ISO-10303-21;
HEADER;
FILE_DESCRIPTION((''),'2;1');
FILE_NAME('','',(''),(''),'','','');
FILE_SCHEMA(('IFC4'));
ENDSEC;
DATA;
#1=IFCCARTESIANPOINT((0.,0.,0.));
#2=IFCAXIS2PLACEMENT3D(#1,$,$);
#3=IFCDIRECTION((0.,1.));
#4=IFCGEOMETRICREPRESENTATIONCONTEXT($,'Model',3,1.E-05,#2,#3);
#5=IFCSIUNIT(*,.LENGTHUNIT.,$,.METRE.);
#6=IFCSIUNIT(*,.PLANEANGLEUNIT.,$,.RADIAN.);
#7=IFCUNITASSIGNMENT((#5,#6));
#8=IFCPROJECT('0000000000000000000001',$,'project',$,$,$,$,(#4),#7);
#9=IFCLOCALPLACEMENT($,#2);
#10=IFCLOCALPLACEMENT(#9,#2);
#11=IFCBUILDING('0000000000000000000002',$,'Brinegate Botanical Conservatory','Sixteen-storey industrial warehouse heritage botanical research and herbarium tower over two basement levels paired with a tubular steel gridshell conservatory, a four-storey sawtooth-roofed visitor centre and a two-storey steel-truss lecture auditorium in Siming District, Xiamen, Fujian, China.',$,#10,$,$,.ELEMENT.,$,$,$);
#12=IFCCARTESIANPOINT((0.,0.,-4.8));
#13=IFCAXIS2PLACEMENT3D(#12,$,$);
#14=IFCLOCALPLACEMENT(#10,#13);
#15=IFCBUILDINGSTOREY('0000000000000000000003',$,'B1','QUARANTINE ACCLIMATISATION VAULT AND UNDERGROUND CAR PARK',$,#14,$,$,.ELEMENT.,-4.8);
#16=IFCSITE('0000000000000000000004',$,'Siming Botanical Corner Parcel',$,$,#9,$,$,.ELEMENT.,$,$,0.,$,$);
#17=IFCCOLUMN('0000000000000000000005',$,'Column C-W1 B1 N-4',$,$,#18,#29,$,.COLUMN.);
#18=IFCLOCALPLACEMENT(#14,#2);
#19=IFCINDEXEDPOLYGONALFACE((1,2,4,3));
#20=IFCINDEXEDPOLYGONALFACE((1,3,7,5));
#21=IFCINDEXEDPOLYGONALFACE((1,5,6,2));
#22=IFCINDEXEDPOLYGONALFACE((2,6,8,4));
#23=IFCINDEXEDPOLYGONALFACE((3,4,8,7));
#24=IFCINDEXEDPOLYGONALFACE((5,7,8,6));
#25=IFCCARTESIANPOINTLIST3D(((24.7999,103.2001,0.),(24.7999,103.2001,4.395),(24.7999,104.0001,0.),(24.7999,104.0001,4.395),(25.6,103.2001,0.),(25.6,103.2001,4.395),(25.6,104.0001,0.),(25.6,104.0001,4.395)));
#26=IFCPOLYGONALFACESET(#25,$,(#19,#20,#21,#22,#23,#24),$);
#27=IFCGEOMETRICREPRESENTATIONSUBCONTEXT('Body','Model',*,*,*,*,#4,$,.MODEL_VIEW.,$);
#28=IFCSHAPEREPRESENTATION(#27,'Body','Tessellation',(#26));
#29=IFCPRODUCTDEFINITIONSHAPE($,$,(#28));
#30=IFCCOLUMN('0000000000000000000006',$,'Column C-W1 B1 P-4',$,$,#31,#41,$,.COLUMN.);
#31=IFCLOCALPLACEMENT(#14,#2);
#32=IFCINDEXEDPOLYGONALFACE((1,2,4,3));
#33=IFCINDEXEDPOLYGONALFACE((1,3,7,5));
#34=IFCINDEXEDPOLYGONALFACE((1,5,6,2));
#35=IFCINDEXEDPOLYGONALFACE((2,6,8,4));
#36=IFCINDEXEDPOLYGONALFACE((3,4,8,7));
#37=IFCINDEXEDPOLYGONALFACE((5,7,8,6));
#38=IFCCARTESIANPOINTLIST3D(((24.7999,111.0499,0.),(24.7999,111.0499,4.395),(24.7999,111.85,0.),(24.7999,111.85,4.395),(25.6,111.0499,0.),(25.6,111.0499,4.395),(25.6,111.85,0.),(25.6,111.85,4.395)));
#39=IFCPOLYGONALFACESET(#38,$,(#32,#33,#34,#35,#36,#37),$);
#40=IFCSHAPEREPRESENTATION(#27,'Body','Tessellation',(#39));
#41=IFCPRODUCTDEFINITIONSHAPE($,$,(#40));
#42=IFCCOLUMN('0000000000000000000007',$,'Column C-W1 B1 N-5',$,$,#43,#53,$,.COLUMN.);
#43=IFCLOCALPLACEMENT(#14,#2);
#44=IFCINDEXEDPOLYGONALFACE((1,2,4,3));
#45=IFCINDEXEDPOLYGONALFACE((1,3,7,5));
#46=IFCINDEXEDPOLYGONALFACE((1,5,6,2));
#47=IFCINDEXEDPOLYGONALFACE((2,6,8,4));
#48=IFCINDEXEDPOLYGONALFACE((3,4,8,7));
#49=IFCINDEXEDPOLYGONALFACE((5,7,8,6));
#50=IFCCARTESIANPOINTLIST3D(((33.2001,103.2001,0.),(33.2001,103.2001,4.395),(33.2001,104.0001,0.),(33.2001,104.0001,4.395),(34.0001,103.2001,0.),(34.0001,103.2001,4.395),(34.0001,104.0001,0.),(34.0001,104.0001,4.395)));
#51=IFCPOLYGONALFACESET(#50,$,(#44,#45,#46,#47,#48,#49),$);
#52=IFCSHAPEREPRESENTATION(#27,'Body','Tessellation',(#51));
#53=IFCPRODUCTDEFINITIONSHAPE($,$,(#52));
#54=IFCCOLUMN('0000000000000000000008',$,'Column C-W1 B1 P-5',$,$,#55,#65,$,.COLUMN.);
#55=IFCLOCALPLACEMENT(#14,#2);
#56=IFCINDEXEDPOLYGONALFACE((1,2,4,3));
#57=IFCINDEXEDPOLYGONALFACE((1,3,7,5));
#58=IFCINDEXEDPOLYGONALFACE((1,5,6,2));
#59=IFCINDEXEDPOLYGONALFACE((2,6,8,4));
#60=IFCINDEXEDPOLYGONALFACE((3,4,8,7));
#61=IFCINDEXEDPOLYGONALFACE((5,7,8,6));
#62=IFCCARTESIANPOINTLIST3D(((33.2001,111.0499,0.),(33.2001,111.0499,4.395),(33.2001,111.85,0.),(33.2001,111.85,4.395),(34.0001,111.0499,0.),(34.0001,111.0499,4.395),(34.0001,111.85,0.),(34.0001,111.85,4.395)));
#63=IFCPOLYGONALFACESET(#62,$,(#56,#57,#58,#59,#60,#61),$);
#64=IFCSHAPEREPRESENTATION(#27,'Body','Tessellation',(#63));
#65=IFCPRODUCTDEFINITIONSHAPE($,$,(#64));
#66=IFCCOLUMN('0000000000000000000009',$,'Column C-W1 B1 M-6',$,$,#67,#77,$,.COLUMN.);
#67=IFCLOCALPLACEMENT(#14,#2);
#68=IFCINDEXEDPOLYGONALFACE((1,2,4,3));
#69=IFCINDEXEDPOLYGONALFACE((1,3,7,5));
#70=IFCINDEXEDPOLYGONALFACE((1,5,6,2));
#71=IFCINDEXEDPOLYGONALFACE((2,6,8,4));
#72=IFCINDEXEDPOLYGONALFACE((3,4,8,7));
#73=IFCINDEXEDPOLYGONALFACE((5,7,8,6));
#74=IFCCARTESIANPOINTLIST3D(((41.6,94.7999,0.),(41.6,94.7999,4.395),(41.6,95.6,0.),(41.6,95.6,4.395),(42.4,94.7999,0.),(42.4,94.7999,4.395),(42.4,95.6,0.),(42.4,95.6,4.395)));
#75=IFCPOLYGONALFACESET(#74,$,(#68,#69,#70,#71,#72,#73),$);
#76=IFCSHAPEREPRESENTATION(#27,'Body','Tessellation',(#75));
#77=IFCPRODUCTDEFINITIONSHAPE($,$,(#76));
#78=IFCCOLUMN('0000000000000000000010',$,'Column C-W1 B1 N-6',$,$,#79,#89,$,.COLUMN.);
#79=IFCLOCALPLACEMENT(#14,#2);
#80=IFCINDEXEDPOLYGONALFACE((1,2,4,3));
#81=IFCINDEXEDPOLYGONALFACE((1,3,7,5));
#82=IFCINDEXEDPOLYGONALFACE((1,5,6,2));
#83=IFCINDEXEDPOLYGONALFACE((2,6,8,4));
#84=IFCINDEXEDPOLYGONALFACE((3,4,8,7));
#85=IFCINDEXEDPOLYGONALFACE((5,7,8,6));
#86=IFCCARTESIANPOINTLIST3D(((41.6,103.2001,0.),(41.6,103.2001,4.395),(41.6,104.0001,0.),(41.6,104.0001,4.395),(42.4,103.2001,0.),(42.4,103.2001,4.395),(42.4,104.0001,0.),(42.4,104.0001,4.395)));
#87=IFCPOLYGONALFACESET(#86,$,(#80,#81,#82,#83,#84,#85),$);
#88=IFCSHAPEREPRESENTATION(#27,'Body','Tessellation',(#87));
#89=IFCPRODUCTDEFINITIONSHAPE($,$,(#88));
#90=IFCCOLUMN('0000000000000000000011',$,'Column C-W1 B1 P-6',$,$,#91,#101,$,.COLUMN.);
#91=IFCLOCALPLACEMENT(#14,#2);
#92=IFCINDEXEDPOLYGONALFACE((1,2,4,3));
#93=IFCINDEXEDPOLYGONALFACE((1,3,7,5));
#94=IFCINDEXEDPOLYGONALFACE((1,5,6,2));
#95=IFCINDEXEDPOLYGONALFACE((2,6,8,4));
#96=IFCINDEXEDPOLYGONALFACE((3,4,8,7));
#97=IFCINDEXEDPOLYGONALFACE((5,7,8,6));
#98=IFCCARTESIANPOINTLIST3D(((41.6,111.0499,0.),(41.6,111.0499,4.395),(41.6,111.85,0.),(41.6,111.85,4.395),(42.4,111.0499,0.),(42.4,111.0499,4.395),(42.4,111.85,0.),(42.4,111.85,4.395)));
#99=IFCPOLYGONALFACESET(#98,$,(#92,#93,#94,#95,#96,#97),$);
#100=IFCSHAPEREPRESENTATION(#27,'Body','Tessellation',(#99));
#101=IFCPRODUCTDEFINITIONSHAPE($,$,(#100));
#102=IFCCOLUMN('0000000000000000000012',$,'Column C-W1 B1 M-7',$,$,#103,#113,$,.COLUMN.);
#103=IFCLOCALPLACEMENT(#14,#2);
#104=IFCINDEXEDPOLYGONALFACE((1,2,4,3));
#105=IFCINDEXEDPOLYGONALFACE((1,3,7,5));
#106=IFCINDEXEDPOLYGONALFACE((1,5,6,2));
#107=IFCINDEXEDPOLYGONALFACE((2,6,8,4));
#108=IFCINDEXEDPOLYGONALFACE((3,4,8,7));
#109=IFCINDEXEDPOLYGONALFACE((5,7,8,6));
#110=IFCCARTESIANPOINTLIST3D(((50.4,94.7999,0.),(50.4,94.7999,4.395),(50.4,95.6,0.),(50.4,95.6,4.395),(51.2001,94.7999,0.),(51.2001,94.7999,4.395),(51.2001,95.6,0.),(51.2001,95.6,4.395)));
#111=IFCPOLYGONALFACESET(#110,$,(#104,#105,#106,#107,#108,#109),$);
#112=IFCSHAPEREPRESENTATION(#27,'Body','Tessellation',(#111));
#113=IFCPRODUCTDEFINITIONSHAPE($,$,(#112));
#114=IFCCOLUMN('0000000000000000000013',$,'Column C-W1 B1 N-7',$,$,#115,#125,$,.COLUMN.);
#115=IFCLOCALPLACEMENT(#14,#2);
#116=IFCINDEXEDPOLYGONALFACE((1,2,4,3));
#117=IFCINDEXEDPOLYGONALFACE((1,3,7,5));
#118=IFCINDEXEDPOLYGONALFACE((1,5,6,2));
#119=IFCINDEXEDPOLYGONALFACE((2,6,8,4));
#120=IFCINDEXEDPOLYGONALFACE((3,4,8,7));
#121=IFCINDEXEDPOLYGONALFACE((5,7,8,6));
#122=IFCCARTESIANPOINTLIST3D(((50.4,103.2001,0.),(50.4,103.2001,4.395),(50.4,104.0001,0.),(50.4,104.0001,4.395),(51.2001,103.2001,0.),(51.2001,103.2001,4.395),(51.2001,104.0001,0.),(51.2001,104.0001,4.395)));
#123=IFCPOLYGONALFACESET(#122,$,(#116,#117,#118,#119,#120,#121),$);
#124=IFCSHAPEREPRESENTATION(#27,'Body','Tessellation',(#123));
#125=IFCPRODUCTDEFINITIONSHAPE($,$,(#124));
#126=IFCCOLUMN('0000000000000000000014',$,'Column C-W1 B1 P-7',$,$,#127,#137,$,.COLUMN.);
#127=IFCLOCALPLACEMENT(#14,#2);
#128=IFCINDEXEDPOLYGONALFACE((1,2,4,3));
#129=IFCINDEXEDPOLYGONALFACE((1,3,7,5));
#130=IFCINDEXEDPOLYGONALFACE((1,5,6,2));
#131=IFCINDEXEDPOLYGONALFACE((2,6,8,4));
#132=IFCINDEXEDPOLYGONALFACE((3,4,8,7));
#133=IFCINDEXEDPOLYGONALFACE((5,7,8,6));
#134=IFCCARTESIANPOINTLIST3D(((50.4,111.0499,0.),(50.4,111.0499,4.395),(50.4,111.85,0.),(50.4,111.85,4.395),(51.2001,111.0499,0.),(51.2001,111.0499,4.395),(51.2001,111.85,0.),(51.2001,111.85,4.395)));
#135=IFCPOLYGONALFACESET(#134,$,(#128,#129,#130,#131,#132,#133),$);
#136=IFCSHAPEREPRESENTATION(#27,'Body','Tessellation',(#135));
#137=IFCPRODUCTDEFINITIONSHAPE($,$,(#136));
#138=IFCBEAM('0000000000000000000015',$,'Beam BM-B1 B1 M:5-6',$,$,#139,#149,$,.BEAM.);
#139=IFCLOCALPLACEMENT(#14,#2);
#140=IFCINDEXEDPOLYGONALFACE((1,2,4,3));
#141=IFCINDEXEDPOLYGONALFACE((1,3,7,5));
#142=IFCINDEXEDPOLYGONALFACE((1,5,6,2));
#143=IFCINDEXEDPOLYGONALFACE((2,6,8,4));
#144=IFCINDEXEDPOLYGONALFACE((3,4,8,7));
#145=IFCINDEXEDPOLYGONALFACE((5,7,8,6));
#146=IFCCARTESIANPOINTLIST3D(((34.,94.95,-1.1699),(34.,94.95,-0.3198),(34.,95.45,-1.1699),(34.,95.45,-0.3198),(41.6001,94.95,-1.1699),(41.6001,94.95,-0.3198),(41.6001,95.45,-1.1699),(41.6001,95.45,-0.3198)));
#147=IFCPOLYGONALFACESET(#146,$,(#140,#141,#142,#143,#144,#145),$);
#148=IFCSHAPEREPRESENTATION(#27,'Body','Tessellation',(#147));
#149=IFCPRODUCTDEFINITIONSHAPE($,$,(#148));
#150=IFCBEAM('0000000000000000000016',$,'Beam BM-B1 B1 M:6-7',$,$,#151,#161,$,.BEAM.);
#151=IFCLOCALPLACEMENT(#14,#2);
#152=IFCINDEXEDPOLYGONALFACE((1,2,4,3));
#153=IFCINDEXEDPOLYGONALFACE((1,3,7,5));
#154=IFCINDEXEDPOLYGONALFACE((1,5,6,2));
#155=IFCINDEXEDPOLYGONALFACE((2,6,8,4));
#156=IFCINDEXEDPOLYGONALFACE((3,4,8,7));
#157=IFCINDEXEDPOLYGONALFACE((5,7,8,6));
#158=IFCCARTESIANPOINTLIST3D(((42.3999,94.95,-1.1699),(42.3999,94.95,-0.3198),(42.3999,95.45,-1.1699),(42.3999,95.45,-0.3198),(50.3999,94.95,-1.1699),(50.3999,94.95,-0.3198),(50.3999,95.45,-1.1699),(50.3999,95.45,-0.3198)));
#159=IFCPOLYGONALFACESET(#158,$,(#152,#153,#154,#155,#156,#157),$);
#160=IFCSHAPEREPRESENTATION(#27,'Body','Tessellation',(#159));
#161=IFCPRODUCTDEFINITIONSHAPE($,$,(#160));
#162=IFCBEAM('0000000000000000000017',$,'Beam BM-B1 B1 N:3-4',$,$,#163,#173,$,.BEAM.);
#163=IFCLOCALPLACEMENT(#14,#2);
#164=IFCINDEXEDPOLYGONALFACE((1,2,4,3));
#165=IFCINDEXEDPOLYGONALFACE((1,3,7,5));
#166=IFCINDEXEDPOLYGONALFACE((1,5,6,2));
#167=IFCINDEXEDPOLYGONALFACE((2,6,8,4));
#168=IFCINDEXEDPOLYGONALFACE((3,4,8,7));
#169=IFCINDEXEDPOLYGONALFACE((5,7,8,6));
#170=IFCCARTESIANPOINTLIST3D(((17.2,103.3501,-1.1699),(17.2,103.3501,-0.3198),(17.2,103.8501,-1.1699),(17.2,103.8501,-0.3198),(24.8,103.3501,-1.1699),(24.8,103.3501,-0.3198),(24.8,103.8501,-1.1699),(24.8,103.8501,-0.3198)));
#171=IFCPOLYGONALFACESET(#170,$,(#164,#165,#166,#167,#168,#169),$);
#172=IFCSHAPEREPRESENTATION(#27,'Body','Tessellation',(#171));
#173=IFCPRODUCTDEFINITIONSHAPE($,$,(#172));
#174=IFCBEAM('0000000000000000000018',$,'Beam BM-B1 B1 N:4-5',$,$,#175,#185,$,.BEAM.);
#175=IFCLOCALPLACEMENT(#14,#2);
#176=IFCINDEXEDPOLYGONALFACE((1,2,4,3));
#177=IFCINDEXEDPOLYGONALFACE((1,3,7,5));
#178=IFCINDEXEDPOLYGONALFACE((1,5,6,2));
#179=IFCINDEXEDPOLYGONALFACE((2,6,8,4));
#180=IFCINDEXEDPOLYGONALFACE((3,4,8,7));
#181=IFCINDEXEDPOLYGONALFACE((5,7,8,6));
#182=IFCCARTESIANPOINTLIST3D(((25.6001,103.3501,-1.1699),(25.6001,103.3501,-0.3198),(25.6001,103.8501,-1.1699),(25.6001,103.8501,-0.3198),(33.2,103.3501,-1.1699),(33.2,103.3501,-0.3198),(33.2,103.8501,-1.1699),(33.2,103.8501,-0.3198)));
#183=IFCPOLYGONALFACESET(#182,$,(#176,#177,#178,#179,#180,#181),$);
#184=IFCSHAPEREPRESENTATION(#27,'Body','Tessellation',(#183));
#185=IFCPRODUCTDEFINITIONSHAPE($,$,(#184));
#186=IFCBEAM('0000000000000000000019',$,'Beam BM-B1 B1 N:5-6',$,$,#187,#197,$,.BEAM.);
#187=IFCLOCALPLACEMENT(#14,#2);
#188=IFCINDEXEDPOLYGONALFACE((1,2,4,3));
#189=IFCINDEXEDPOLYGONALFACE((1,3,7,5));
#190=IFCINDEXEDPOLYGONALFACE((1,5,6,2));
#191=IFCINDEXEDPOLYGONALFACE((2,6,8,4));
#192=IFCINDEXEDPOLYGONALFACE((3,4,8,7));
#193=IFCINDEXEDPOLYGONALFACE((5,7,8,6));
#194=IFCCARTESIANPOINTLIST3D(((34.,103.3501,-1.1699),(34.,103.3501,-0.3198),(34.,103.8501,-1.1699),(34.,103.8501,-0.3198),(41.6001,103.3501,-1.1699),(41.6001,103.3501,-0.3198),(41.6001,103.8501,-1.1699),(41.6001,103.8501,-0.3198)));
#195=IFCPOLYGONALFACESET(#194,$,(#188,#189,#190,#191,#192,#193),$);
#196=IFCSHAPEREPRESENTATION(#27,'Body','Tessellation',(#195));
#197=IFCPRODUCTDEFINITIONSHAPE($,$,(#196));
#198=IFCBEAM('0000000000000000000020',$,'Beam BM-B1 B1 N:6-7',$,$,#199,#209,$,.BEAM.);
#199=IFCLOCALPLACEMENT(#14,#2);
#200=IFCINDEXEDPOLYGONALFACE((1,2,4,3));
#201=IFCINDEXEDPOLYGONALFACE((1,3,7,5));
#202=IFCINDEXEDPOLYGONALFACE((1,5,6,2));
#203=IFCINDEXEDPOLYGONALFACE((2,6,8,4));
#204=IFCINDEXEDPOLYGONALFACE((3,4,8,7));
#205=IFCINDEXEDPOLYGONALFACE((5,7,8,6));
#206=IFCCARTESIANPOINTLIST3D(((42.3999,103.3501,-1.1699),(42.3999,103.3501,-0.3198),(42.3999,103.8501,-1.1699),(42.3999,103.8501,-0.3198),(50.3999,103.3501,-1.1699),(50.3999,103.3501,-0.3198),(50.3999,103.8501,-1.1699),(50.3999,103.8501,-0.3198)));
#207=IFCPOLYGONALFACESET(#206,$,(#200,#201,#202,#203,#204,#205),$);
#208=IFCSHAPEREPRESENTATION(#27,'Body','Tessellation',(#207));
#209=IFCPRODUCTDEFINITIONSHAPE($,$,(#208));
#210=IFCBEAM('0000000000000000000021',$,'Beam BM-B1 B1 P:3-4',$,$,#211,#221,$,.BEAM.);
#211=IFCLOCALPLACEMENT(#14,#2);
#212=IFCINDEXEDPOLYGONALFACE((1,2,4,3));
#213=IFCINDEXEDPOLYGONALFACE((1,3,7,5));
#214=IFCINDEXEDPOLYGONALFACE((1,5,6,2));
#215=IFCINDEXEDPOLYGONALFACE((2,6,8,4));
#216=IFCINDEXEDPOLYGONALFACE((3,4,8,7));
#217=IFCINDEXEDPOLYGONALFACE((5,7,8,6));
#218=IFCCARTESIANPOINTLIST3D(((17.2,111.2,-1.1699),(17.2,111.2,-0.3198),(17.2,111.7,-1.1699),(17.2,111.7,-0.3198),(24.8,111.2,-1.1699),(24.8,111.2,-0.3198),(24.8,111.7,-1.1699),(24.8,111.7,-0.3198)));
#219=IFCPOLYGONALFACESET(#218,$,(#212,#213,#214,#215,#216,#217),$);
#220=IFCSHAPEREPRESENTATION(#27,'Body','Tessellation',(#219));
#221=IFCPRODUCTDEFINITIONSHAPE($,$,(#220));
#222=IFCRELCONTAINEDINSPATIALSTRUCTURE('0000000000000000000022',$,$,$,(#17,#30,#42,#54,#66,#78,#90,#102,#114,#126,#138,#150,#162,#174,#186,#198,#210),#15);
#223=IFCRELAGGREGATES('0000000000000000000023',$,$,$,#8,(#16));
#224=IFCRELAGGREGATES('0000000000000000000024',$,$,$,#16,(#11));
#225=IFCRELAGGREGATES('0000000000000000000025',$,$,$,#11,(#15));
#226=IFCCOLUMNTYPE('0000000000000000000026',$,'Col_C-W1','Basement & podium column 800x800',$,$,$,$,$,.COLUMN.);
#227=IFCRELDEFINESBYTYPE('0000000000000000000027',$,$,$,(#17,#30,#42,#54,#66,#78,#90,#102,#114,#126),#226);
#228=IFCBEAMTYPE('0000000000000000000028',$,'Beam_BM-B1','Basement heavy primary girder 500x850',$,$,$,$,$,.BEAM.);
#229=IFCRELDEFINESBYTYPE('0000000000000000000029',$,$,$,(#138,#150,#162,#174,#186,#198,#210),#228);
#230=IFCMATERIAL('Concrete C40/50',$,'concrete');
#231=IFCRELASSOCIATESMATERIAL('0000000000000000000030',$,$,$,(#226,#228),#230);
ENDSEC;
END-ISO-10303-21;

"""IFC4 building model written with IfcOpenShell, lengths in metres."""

from ifc_helpers import new_model, si_unit, direction, frame, origin, origin_2d, place, context, subcontext, project, spatial, rectangle, extrude, material, material_profile, profile_set, type_object, element, save


model = new_model("IFC4")

# Units and contexts
model_context = context("Model", 3, precision=1e-05, world=origin(), true_north=direction((0.0, 1.0)))
body_context = subcontext(model_context, "Body", "Model", "MODEL_VIEW")
ifc_project = project(units=[si_unit("LENGTHUNIT", "METRE"), si_unit("PLANEANGLEUNIT", "RADIAN")], contexts=[model_context])

# Site, building, storey
site_placement = place(None, origin())
site = spatial("IfcSite", under=ifc_project, at=site_placement, Name="Siming Botanical Corner Parcel", CompositionType="ELEMENT", RefElevation=0.0)
building_placement = place(site_placement, origin())
building = spatial("IfcBuilding", under=site, at=building_placement, Name="Brinegate Botanical Conservatory", Description="Sixteen-storey industrial warehouse heritage botanical research and herbarium tower over two basement levels paired with a tubular steel gridshell conservatory, a four-storey sawtooth-roofed visitor centre and a two-storey steel-truss lecture auditorium in Siming District, Xiamen, Fujian, China.", CompositionType="ELEMENT")
storey_placement = place(building_placement, frame((0.0, 0.0, -4.8)))
storey = spatial("IfcBuildingStorey", under=building, at=storey_placement, Name="B1", Description="QUARANTINE ACCLIMATISATION VAULT AND UNDERGROUND CAR PARK", CompositionType="ELEMENT", Elevation=-4.8)

# Columns
ifc_material = material(Name="Concrete C40/50", Category="concrete")
ifc_material_profile_1 = material_profile(ifc_material, rectangle(XDim=0.8, YDim=0.8, at=origin_2d()), Name="RC COL 800x800")
ifc_profile_set_1 = profile_set([ifc_material_profile_1], Name="Concrete C40/50")
column_type = type_object("IfcColumnType", Name="Col_C-W1", Description="Basement & podium column 800x800", PredefinedType="COLUMN", material=ifc_profile_set_1)
for number, where, z_axis, x_axis, name in (
    (1, (25.2, 103.6001, 0.0), (0.0, 0.0, 1.0), (1.0, 0.0, 0.0), "Column C-W1 B1 N-4"),
    (2, (25.2, 111.45, 0.0), (0.0, 0.0, 1.0), (1.0, 0.0, 0.0), "Column C-W1 B1 P-4"),
    (3, (33.6001, 103.6001, 0.0), (0.0, 0.0, 1.0), (1.0, 0.0, 0.0), "Column C-W1 B1 N-5"),
    (4, (33.6001, 111.45, 0.0), (0.0, 0.0, 1.0), (1.0, 0.0, 0.0), "Column C-W1 B1 P-5"),
    (5, (42.0, 95.2, 0.0), (0.0, 0.0, 1.0), (1.0, 0.0, 0.0), "Column C-W1 B1 M-6"),
    (6, (42.0, 103.6001, 0.0), (0.0, 0.0, 1.0), (1.0, 0.0, 0.0), "Column C-W1 B1 N-6"),
    (7, (42.0, 111.45, 0.0), (0.0, 0.0, 1.0), (1.0, 0.0, 0.0), "Column C-W1 B1 P-6"),
    (8, (50.8, 95.2, 0.0), (0.0, 0.0, 1.0), (1.0, 0.0, 0.0), "Column C-W1 B1 M-7"),
    (9, (50.8, 103.6001, 0.0), (0.0, 0.0, 1.0), (1.0, 0.0, 0.0), "Column C-W1 B1 N-7"),
    (10, (50.8, 111.45, 0.0), (0.0, 0.0, 1.0), (1.0, 0.0, 0.0), "Column C-W1 B1 P-7"),
):
    element("IfcColumn", number, at=place(storey_placement, frame(where, z_axis=z_axis, x_axis=x_axis)), inside=storey, type_object=column_type, Name=name, PredefinedType="COLUMN", context=body_context, shape_type="SweptSolid", body=[
        extrude(rectangle(XDim=0.8, YDim=0.8, at=origin_2d()), origin(), (0.0, 0.0, 1.0), 4.395),
    ])

# Beams
ifc_material_profile_2 = material_profile(ifc_material, rectangle(XDim=0.5, YDim=0.8501, at=origin_2d()), Name="RC BM 500x850")
ifc_profile_set_2 = profile_set([ifc_material_profile_2], Name="Concrete C40/50")
beam_type_1 = type_object("IfcBeamType", Name="Beam_BM-B1", Description="Basement heavy primary girder 500x850", PredefinedType="BEAM", material=ifc_profile_set_2)
beam_1_placement = place(storey_placement, frame((34.0, 95.2, -0.7449), z_axis=(1.0, 0.0, 0.0), x_axis=(0.0, 1.0, 0.0)))
element("IfcBeam", 11, at=beam_1_placement, inside=storey, type_object=beam_type_1, Name="Beam BM-B1 B1 M:5-6", PredefinedType="BEAM", context=body_context, shape_type="SweptSolid", body=[
    extrude(rectangle(XDim=0.5, YDim=0.8501, at=origin_2d()), origin(), (0.0, 0.0, 1.0), 7.6001),
])
beam_2_placement = place(storey_placement, frame((42.3999, 95.2, -0.7449), z_axis=(1.0, 0.0, 0.0), x_axis=(0.0, 1.0, 0.0)))
element("IfcBeam", 12, at=beam_2_placement, inside=storey, type_object=beam_type_1, Name="Beam BM-B1 B1 M:6-7", PredefinedType="BEAM", context=body_context, shape_type="SweptSolid", body=[
    extrude(rectangle(XDim=0.5, YDim=0.8501, at=origin_2d()), origin(), (0.0, 0.0, 1.0), 8.0),
])
beam_3_placement = place(storey_placement, frame((17.2, 103.6001, -0.7449), z_axis=(1.0, 0.0, 0.0), x_axis=(0.0, 1.0, 0.0)))
element("IfcBeam", 13, at=beam_3_placement, inside=storey, type_object=beam_type_1, Name="Beam BM-B1 B1 N:3-4", PredefinedType="BEAM", context=body_context, shape_type="SweptSolid", body=[
    extrude(rectangle(XDim=0.5, YDim=0.8501, at=origin_2d()), origin(), (0.0, 0.0, 1.0), 7.6001),
])
beam_4_placement = place(storey_placement, frame((25.6001, 103.6001, -0.7449), z_axis=(1.0, 0.0, 0.0), x_axis=(0.0, 1.0, 0.0)))
element("IfcBeam", 14, at=beam_4_placement, inside=storey, type_object=beam_type_1, Name="Beam BM-B1 B1 N:4-5", PredefinedType="BEAM", context=body_context, shape_type="SweptSolid", body=[
    extrude(rectangle(XDim=0.5, YDim=0.8501, at=origin_2d()), origin(), (0.0, 0.0, 1.0), 7.5999),
])
beam_5_placement = place(storey_placement, frame((34.0, 103.6001, -0.7449), z_axis=(1.0, 0.0, 0.0), x_axis=(0.0, 1.0, 0.0)))
element("IfcBeam", 15, at=beam_5_placement, inside=storey, type_object=beam_type_1, Name="Beam BM-B1 B1 N:5-6", PredefinedType="BEAM", context=body_context, shape_type="SweptSolid", body=[
    extrude(rectangle(XDim=0.5, YDim=0.8501, at=origin_2d()), origin(), (0.0, 0.0, 1.0), 7.6001),
])
beam_6_placement = place(storey_placement, frame((42.3999, 103.6001, -0.7449), z_axis=(1.0, 0.0, 0.0), x_axis=(0.0, 1.0, 0.0)))
element("IfcBeam", 16, at=beam_6_placement, inside=storey, type_object=beam_type_1, Name="Beam BM-B1 B1 N:6-7", PredefinedType="BEAM", context=body_context, shape_type="SweptSolid", body=[
    extrude(rectangle(XDim=0.5, YDim=0.8501, at=origin_2d()), origin(), (0.0, 0.0, 1.0), 8.0),
])
beam_7_placement = place(storey_placement, frame((17.2, 111.45, -0.7449), z_axis=(1.0, 0.0, 0.0), x_axis=(0.0, 1.0, 0.0)))
element("IfcBeam", 17, at=beam_7_placement, inside=storey, type_object=beam_type_1, Name="Beam BM-B1 B1 P:3-4", PredefinedType="BEAM", context=body_context, shape_type="SweptSolid", body=[
    extrude(rectangle(XDim=0.5, YDim=0.8501, at=origin_2d()), origin(), (0.0, 0.0, 1.0), 7.6001),
])

save(model, "model.ifc")
